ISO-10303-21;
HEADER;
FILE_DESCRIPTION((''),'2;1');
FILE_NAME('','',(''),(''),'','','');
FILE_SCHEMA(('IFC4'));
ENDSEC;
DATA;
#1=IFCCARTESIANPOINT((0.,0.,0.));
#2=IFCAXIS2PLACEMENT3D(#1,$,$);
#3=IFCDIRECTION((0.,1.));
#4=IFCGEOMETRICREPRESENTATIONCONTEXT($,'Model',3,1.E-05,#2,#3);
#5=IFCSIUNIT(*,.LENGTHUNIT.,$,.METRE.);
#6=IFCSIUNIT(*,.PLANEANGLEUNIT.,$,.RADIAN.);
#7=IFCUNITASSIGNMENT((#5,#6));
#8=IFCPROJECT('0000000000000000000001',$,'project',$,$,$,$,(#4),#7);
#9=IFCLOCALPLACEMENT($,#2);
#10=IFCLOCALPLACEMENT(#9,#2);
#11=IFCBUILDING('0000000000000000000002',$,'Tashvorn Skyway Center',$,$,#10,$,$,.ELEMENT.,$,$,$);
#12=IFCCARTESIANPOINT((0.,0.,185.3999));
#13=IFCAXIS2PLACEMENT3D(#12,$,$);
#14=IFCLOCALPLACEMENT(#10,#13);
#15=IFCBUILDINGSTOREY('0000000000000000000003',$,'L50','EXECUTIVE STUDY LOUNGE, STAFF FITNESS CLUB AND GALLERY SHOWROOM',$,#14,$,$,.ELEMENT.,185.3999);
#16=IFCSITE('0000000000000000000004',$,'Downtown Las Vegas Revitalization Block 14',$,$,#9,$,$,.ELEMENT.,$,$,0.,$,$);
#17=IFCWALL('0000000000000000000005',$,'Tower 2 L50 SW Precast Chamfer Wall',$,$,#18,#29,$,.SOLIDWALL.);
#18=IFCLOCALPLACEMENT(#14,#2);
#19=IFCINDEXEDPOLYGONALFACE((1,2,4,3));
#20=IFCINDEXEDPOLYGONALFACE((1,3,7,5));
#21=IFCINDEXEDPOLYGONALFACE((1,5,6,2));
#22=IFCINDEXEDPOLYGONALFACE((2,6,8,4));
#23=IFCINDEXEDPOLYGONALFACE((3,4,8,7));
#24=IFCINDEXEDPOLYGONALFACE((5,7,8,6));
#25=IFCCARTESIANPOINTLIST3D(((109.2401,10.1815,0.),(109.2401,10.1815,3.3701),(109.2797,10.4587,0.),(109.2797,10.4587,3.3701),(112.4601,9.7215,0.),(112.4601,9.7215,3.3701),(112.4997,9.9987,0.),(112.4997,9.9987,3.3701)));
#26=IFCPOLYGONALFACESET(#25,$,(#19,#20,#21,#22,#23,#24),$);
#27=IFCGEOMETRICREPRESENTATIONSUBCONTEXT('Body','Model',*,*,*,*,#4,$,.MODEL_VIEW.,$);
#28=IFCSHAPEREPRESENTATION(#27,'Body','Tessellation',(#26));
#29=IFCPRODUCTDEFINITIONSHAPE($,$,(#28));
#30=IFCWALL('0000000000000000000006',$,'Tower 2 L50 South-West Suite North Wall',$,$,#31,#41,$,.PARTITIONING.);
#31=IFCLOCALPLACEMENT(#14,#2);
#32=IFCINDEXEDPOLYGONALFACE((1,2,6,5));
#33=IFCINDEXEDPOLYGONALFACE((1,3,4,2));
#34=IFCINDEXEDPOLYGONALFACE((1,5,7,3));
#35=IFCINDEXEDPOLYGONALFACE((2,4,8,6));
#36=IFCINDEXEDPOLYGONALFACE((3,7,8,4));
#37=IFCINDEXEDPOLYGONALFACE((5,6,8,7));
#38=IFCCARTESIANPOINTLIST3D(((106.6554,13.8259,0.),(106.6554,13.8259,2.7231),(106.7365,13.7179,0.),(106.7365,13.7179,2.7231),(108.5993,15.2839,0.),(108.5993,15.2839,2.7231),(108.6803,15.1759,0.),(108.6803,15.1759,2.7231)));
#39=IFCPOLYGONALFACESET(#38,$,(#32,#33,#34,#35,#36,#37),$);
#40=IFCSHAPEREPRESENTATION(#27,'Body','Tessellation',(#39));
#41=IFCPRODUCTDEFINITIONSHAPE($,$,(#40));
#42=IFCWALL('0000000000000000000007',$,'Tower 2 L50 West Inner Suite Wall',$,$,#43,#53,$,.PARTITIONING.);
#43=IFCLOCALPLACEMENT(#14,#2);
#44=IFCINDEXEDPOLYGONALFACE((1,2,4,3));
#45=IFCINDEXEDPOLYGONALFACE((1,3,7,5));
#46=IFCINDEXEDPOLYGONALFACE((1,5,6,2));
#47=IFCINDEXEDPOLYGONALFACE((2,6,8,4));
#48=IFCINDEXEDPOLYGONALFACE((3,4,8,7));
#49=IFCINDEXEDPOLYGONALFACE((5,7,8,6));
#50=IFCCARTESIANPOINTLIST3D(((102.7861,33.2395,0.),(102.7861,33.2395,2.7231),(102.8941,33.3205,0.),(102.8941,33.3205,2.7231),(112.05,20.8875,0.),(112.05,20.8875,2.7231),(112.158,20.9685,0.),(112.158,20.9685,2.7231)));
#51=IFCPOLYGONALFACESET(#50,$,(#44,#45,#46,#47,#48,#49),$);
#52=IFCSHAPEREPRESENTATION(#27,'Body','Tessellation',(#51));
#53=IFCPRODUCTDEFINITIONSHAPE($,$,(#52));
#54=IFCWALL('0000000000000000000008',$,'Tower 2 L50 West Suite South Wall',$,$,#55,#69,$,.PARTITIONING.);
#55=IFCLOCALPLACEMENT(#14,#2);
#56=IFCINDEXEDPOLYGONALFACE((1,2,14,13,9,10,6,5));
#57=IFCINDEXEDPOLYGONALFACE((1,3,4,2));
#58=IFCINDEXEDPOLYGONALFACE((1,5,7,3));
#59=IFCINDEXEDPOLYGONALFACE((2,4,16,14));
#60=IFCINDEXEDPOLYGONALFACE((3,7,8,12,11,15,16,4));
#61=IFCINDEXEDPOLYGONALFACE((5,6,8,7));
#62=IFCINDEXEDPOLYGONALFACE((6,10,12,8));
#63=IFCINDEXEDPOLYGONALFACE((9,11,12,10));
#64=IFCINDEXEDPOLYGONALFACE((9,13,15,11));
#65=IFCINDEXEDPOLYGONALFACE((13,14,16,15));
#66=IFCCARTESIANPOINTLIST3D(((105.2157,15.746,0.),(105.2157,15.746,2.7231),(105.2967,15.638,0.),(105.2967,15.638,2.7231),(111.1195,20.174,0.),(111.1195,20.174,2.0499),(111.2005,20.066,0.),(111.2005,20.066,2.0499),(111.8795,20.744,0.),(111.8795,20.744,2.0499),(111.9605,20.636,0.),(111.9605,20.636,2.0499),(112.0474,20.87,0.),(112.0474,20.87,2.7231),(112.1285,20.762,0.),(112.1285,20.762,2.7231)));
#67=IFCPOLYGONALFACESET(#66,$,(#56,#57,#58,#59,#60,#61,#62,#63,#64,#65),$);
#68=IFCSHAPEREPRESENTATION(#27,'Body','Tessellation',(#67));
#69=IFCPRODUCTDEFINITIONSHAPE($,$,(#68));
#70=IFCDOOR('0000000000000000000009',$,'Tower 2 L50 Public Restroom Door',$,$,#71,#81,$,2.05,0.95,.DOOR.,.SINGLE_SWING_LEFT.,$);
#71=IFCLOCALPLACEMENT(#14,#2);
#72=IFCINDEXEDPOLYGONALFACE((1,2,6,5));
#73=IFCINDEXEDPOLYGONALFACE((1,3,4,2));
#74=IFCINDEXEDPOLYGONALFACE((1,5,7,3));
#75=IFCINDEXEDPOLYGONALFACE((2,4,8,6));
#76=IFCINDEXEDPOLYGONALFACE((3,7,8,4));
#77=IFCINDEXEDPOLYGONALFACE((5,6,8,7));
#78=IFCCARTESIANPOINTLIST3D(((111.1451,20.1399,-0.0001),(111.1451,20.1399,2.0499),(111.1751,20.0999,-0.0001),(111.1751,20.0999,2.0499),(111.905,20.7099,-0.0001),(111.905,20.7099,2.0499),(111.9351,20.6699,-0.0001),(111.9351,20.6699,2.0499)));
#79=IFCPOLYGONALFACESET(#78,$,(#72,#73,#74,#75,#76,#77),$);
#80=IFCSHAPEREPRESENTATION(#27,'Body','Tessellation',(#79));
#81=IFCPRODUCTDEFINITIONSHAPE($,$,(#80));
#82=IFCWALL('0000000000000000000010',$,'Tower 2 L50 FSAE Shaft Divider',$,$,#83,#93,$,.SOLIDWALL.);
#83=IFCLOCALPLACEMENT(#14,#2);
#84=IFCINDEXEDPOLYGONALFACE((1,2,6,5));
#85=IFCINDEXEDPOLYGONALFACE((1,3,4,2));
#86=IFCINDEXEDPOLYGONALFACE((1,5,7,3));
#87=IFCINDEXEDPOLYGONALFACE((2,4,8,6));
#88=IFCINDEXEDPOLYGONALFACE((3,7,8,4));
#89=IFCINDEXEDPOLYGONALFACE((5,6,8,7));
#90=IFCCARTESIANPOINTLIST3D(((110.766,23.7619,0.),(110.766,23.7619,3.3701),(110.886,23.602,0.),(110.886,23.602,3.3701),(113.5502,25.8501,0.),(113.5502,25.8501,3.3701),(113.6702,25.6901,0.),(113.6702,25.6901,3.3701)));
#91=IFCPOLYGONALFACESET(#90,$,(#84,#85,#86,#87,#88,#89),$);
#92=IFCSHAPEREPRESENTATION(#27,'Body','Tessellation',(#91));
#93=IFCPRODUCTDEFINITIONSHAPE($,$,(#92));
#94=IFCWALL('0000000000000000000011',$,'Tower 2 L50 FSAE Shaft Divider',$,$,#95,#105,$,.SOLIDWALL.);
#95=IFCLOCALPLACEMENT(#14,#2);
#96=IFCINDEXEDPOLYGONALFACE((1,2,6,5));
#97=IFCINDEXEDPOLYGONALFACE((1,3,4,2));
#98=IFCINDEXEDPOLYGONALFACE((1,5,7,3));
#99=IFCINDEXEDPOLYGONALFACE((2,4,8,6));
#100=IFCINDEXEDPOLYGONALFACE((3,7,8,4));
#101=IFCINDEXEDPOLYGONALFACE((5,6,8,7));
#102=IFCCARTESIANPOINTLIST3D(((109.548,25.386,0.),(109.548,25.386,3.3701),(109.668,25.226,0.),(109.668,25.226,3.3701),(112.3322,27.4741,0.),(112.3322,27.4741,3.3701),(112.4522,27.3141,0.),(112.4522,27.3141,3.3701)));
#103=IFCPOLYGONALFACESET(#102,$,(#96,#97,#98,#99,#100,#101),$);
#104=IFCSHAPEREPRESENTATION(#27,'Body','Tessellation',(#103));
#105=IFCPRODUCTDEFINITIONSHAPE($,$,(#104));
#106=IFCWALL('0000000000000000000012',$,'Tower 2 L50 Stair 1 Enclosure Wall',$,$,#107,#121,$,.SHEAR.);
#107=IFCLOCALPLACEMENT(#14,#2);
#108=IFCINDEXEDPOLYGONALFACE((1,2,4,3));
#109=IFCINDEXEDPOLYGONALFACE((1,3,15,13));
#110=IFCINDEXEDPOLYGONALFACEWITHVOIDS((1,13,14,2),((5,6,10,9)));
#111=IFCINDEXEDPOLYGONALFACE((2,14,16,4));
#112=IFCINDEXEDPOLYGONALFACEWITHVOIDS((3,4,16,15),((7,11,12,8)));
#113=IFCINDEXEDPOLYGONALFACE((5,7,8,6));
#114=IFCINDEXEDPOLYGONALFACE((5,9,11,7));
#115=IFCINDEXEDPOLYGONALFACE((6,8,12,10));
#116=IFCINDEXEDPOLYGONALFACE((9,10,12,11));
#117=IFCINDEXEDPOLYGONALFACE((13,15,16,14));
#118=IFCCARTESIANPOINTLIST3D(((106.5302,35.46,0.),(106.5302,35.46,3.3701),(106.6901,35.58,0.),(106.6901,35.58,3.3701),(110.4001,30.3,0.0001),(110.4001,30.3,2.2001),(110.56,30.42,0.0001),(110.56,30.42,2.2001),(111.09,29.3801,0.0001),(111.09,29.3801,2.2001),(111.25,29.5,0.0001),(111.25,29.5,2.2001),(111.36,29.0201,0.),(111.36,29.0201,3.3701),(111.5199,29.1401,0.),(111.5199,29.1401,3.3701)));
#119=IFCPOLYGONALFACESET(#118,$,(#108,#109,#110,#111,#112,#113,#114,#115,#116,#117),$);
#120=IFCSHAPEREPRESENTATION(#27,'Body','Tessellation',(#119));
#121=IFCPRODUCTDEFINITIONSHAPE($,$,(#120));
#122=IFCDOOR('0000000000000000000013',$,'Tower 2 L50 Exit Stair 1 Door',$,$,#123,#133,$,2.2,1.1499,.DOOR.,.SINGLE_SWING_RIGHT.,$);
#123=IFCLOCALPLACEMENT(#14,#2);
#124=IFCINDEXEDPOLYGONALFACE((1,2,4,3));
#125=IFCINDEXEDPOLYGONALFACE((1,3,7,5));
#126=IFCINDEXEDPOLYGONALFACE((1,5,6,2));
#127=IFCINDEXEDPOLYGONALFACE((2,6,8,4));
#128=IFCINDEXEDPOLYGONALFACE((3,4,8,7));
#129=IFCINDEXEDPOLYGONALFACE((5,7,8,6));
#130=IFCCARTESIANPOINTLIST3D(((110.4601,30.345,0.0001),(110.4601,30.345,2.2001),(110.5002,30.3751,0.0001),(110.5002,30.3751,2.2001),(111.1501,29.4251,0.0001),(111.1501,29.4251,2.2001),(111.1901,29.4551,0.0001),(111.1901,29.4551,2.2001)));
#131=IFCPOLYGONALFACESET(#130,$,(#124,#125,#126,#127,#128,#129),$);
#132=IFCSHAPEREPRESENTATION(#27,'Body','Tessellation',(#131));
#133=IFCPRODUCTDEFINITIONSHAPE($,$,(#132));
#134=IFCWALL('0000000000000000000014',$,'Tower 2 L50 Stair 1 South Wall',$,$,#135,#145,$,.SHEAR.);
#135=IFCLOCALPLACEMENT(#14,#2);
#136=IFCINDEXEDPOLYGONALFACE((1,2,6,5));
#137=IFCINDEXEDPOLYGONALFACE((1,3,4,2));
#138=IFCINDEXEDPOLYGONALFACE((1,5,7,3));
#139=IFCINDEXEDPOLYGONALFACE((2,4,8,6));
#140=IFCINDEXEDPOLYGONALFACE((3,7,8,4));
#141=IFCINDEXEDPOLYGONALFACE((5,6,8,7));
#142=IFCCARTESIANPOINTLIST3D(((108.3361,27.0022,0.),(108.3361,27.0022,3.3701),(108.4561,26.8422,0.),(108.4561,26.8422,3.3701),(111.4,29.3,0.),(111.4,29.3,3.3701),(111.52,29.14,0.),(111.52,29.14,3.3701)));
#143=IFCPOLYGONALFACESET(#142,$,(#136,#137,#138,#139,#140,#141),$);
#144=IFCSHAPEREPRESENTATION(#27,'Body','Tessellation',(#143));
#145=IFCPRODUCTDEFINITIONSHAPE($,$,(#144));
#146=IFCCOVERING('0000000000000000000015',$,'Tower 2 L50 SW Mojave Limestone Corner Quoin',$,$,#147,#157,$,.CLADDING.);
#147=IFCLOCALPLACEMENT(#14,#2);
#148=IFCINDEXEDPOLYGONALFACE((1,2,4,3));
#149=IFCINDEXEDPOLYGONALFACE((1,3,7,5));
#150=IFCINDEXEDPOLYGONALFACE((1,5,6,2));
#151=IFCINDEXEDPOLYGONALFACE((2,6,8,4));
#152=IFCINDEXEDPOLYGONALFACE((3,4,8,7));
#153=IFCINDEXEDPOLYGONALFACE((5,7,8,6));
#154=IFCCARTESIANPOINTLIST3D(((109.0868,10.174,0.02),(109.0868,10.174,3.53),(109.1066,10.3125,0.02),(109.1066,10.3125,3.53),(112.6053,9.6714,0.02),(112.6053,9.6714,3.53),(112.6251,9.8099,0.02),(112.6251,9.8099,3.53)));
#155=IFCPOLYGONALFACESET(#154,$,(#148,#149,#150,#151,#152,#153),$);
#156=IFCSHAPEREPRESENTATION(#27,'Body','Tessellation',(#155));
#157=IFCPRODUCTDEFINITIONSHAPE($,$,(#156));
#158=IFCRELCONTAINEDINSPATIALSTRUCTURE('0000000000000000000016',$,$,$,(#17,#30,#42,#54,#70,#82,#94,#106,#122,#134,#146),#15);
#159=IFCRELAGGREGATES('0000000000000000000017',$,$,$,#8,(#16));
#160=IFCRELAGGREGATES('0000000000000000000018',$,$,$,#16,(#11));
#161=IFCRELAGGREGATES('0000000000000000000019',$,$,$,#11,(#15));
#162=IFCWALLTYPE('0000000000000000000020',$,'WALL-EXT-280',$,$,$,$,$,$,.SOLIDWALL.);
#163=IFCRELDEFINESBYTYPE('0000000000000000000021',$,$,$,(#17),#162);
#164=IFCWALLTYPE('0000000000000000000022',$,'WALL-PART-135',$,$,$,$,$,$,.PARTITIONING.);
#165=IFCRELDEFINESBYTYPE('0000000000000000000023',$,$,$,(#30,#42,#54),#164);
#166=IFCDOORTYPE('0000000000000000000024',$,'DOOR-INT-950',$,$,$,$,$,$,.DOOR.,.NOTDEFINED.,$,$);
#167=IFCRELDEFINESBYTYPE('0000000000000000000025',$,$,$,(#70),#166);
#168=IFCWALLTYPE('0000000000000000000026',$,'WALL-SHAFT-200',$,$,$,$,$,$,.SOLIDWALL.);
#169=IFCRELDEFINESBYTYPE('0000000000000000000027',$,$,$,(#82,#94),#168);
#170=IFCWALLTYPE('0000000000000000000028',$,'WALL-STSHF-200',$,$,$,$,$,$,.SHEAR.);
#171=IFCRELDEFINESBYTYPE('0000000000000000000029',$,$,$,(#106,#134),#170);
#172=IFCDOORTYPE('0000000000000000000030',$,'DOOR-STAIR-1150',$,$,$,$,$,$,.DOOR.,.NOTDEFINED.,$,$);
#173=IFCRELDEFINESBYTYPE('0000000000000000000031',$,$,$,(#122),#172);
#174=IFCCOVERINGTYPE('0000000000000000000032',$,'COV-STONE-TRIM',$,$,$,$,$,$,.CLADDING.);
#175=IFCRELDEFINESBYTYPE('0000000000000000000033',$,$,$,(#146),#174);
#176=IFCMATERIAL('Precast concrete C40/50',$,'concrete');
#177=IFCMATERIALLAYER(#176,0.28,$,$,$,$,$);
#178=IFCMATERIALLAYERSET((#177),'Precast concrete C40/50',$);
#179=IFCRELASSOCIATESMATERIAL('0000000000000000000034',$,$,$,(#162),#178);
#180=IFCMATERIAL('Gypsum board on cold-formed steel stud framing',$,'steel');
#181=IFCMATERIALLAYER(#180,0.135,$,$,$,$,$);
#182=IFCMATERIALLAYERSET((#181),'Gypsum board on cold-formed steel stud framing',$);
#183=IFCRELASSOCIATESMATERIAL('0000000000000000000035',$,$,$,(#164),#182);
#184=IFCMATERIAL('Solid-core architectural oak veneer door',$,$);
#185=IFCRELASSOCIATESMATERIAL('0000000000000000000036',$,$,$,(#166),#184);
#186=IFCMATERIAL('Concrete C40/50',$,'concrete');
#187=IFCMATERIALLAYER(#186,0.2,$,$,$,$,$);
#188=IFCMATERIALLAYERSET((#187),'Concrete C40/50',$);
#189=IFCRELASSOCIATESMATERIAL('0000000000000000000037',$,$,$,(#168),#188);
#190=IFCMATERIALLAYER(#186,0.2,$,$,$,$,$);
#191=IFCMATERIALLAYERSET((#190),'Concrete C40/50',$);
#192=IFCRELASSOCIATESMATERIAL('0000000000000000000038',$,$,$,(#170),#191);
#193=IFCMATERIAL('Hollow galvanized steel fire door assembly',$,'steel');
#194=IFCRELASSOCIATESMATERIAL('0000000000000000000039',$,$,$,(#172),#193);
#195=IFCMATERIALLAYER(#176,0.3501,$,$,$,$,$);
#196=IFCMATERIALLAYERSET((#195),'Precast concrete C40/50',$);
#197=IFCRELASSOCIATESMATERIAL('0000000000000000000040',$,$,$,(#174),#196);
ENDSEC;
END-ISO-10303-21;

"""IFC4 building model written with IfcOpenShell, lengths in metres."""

from ifc_helpers import new_model, si_unit, direction, frame, frame_2d, origin, origin_2d, place, context, subcontext, project, spatial, rectangle, extrude, material, layer, layer_set, type_object, element, fill, save


model = new_model("IFC4")

# Units and contexts
model_context = context("Model", 3, precision=1e-05, world=origin(), true_north=direction((0.0, 1.0)))
body_context = subcontext(model_context, "Body", "Model", "MODEL_VIEW")
ifc_project = project(units=[si_unit("LENGTHUNIT", "METRE"), si_unit("PLANEANGLEUNIT", "RADIAN")], contexts=[model_context])

# Site, building, storey
site_placement = place(None, origin())
site = spatial("IfcSite", under=ifc_project, at=site_placement, Name="Downtown Las Vegas Revitalization Block 14", CompositionType="ELEMENT", RefElevation=0.0)
building_placement = place(site_placement, origin())
building = spatial("IfcBuilding", under=site, at=building_placement, Name="Tashvorn Skyway Center", CompositionType="ELEMENT")
storey_placement = place(building_placement, frame((0.0, 0.0, 185.3999)))
storey = spatial("IfcBuildingStorey", under=building, at=storey_placement, Name="L50", Description="EXECUTIVE STUDY LOUNGE, STAFF FITNESS CLUB AND GALLERY SHOWROOM", CompositionType="ELEMENT", Elevation=185.3999)

# Walls
ifc_material_1 = material(Name="Precast concrete C40/50", Category="concrete")
ifc_layer_1 = layer(ifc_material_1, 0.28)
ifc_layer_set_1 = layer_set([ifc_layer_1], Name="Precast concrete C40/50")
wall_type_1 = type_object("IfcWallType", Name="WALL-EXT-280", PredefinedType="SOLIDWALL", material=ifc_layer_set_1)
wall_1_placement = place(storey_placement, frame((112.48, 9.8601, 0.0), z_axis=(0.0, 0.0, 1.0), x_axis=(-0.989951, 0.141411, 0.0)))
element("IfcWall", 1, at=wall_1_placement, inside=storey, type_object=wall_type_1, Name="Tower 2 L50 SW Precast Chamfer Wall", PredefinedType="SOLIDWALL", context=body_context, shape_type="SweptSolid", body=[
    extrude(rectangle(XDim=3.2527, YDim=0.28, at=frame_2d((1.6265, 0.0))), origin(), (0.0, 0.0, 1.0), 3.3701),
])
ifc_material_2 = material(Name="Gypsum board on cold-formed steel stud framing", Category="steel")
ifc_layer_2 = layer(ifc_material_2, 0.135)
ifc_layer_set_2 = layer_set([ifc_layer_2], Name="Gypsum board on cold-formed steel stud framing")
wall_type_2 = type_object("IfcWallType", Name="WALL-PART-135", PredefinedType="PARTITIONING", material=ifc_layer_set_2)
wall_2_placement = place(storey_placement, frame((106.696, 13.772, 0.0), z_axis=(0.0, 0.0, 1.0), x_axis=(0.799976, 0.600032, 0.0)))
element("IfcWall", 2, at=wall_2_placement, inside=storey, type_object=wall_type_2, Name="Tower 2 L50 South-West Suite North Wall", PredefinedType="PARTITIONING", context=body_context, shape_type="SweptSolid", body=[
    extrude(rectangle(XDim=2.4299, YDim=0.135, at=frame_2d((1.2148, 0.0))), origin(), (0.0, 0.0, 1.0), 2.7231),
])
wall_3_placement = place(storey_placement, frame((112.104, 20.928, 0.0), z_axis=(0.0, 0.0, 1.0), x_axis=(-0.599995, 0.800004, 0.0)))
element("IfcWall", 3, at=wall_3_placement, inside=storey, type_object=wall_type_2, Name="Tower 2 L50 West Inner Suite Wall", PredefinedType="PARTITIONING", context=body_context, shape_type="SweptSolid", body=[
    extrude(rectangle(XDim=15.4399, YDim=0.135, at=frame_2d((7.72, 0.0))), origin(), (0.0, 0.0, 1.0), 2.7231),
])

# Wall, opening, door
wall_4_placement = place(storey_placement, frame((105.2561, 15.6919, 0.0), z_axis=(0.0, 0.0, 1.0), x_axis=(0.79999, 0.600014, 0.0)))
wall_4 = element("IfcWall", 4, at=wall_4_placement, inside=storey, type_object=wall_type_2, Name="Tower 2 L50 West Suite South Wall", PredefinedType="PARTITIONING", context=body_context, shape_type="SweptSolid", body=[
    extrude(rectangle(XDim=8.5398, YDim=0.135, at=frame_2d((4.27, 0.0))), origin(), (0.0, 0.0, 1.0), 2.7231),
])
opening_1_placement = place(wall_4_placement, frame((7.3799, 0.0, 0.0)))
opening_1 = element("IfcOpeningElement", 5, at=opening_1_placement, cuts=wall_4, PredefinedType="OPENING", context=body_context, shape_type="SweptSolid", body=[
    extrude(rectangle(XDim=0.95, YDim=2.05, at=frame_2d((0.4751, 1.0249))), frame((0.0, 0.0774, 0.0), z_axis=(0.0, -1.0, 0.0), x_axis=(1.0, 0.0, 0.0)), (0.0, 0.0, 1.0), 0.155),
])
ifc_material_3 = material(Name="Solid-core architectural oak veneer door")
door_type_1 = type_object("IfcDoorType", Name="DOOR-INT-950", OperationType="NOTDEFINED", PredefinedType="DOOR", material=ifc_material_3)
door_1_placement = place(opening_1_placement, origin())
door_1 = element("IfcDoor", 6, at=door_1_placement, inside=storey, type_object=door_type_1, Name="Tower 2 L50 Public Restroom Door", OperationType="SINGLE_SWING_LEFT", OverallHeight=2.05, OverallWidth=0.95, PredefinedType="DOOR", context=body_context, shape_type="SweptSolid", body=[
    extrude(rectangle(XDim=0.95, YDim=2.05, at=frame_2d((0.4751, 1.0249))), frame((0.0, 0.0249, 0.0), z_axis=(0.0, -1.0, 0.0), x_axis=(1.0, 0.0, 0.0)), (0.0, 0.0, 1.0), 0.05),
])
fill(opening_1, door_1)

# Walls
ifc_material_4 = material(Name="Concrete C40/50", Category="concrete")
ifc_layer_3 = layer(ifc_material_4, 0.2)
ifc_layer_set_3 = layer_set([ifc_layer_3], Name="Concrete C40/50")
wall_type_3 = type_object("IfcWallType", Name="WALL-SHAFT-200", PredefinedType="SOLIDWALL", material=ifc_layer_set_3)
for number, where, z_axis, x_axis, name in (
    (7, (110.8259, 23.6819, 0.0), (0.0, 0.0, 1.0), (0.8, 0.6, 0.0), "Tower 2 L50 FSAE Shaft Divider"),
    (8, (109.6079, 25.3059, 0.0), (0.0, 0.0, 1.0), (0.8, 0.6, 0.0), "Tower 2 L50 FSAE Shaft Divider"),
):
    element("IfcWall", number, at=place(storey_placement, frame(where, z_axis=z_axis, x_axis=x_axis)), inside=storey, type_object=wall_type_3, Name=name, PredefinedType="SOLIDWALL", context=body_context, shape_type="SweptSolid", body=[
        extrude(rectangle(XDim=3.4802, YDim=0.2, at=frame_2d((1.7402, 0.0))), origin(), (0.0, 0.0, 1.0), 3.3701),
    ])

# Wall, opening, door
ifc_layer_4 = layer(ifc_material_4, 0.2)
ifc_layer_set_4 = layer_set([ifc_layer_4], Name="Concrete C40/50")
wall_type_4 = type_object("IfcWallType", Name="WALL-STSHF-200", PredefinedType="SHEAR", material=ifc_layer_set_4)
wall_5_placement = place(storey_placement, frame((111.4399, 29.0801, 0.0), z_axis=(0.0, 0.0, 1.0), x_axis=(-0.59999, 0.800007, 0.0)))
wall_5 = element("IfcWall", 9, at=wall_5_placement, inside=storey, type_object=wall_type_4, Name="Tower 2 L50 Stair 1 Enclosure Wall", PredefinedType="SHEAR", context=body_context, shape_type="SweptSolid", body=[
    extrude(rectangle(XDim=8.0498, YDim=0.2, at=frame_2d((4.0249, 0.0))), origin(), (0.0, 0.0, 1.0), 3.3701),
])
opening_2_placement = place(wall_5_placement, frame((0.45, 0.0, 0.0)))
opening_2 = element("IfcOpeningElement", 10, at=opening_2_placement, cuts=wall_5, PredefinedType="OPENING", context=body_context, shape_type="SweptSolid", body=[
    extrude(rectangle(XDim=1.1499, YDim=2.2, at=frame_2d((0.575, 1.1001))), frame((0.0, 0.1099, 0.0), z_axis=(0.0, -1.0, 0.0), x_axis=(1.0, 0.0, 0.0)), (0.0, 0.0, 1.0), 0.22),
])
ifc_material_5 = material(Name="Hollow galvanized steel fire door assembly", Category="steel")
door_type_2 = type_object("IfcDoorType", Name="DOOR-STAIR-1150", OperationType="NOTDEFINED", PredefinedType="DOOR", material=ifc_material_5)
door_2_placement = place(opening_2_placement, origin())
door_2 = element("IfcDoor", 11, at=door_2_placement, inside=storey, type_object=door_type_2, Name="Tower 2 L50 Exit Stair 1 Door", OperationType="SINGLE_SWING_RIGHT", OverallHeight=2.2, OverallWidth=1.1499, PredefinedType="DOOR", context=body_context, shape_type="SweptSolid", body=[
    extrude(rectangle(XDim=1.1499, YDim=2.2, at=frame_2d((0.575, 1.1001))), frame((0.0, 0.0249, 0.0), z_axis=(0.0, -1.0, 0.0), x_axis=(1.0, 0.0, 0.0)), (0.0, 0.0, 1.0), 0.05),
])
fill(opening_2, door_2)

# Wall
wall_6_placement = place(storey_placement, frame((108.396, 26.9221, 0.0), z_axis=(0.0, 0.0, 1.0), x_axis=(0.800015, 0.59998, 0.0)))
element("IfcWall", 12, at=wall_6_placement, inside=storey, type_object=wall_type_4, Name="Tower 2 L50 Stair 1 South Wall", PredefinedType="SHEAR", context=body_context, shape_type="SweptSolid", body=[
    extrude(rectangle(XDim=3.8298, YDim=0.2, at=frame_2d((1.915, 0.0))), origin(), (0.0, 0.0, 1.0), 3.3701),
])

# Covering
ifc_layer_5 = layer(ifc_material_1, 0.3501)
ifc_layer_set_5 = layer_set([ifc_layer_5], Name="Precast concrete C40/50")
covering_type = type_object("IfcCoveringType", Name="COV-STONE-TRIM", PredefinedType="CLADDING", material=ifc_layer_set_5)
covering_placement = place(storey_placement, frame((110.856, 9.9919, 0.02), z_axis=(0.0, 0.0, 1.0), x_axis=(-0.989949, 0.141421, 0.0)))
element("IfcCovering", 13, at=covering_placement, inside=storey, type_object=covering_type, Name="Tower 2 L50 SW Mojave Limestone Corner Quoin", PredefinedType="CLADDING", context=body_context, shape_type="SweptSolid", body=[
    extrude(rectangle(XDim=3.5542, YDim=0.1399, at=origin_2d()), origin(), (0.0, 0.0, 1.0), 3.51),
])

save(model, "model.ifc")
